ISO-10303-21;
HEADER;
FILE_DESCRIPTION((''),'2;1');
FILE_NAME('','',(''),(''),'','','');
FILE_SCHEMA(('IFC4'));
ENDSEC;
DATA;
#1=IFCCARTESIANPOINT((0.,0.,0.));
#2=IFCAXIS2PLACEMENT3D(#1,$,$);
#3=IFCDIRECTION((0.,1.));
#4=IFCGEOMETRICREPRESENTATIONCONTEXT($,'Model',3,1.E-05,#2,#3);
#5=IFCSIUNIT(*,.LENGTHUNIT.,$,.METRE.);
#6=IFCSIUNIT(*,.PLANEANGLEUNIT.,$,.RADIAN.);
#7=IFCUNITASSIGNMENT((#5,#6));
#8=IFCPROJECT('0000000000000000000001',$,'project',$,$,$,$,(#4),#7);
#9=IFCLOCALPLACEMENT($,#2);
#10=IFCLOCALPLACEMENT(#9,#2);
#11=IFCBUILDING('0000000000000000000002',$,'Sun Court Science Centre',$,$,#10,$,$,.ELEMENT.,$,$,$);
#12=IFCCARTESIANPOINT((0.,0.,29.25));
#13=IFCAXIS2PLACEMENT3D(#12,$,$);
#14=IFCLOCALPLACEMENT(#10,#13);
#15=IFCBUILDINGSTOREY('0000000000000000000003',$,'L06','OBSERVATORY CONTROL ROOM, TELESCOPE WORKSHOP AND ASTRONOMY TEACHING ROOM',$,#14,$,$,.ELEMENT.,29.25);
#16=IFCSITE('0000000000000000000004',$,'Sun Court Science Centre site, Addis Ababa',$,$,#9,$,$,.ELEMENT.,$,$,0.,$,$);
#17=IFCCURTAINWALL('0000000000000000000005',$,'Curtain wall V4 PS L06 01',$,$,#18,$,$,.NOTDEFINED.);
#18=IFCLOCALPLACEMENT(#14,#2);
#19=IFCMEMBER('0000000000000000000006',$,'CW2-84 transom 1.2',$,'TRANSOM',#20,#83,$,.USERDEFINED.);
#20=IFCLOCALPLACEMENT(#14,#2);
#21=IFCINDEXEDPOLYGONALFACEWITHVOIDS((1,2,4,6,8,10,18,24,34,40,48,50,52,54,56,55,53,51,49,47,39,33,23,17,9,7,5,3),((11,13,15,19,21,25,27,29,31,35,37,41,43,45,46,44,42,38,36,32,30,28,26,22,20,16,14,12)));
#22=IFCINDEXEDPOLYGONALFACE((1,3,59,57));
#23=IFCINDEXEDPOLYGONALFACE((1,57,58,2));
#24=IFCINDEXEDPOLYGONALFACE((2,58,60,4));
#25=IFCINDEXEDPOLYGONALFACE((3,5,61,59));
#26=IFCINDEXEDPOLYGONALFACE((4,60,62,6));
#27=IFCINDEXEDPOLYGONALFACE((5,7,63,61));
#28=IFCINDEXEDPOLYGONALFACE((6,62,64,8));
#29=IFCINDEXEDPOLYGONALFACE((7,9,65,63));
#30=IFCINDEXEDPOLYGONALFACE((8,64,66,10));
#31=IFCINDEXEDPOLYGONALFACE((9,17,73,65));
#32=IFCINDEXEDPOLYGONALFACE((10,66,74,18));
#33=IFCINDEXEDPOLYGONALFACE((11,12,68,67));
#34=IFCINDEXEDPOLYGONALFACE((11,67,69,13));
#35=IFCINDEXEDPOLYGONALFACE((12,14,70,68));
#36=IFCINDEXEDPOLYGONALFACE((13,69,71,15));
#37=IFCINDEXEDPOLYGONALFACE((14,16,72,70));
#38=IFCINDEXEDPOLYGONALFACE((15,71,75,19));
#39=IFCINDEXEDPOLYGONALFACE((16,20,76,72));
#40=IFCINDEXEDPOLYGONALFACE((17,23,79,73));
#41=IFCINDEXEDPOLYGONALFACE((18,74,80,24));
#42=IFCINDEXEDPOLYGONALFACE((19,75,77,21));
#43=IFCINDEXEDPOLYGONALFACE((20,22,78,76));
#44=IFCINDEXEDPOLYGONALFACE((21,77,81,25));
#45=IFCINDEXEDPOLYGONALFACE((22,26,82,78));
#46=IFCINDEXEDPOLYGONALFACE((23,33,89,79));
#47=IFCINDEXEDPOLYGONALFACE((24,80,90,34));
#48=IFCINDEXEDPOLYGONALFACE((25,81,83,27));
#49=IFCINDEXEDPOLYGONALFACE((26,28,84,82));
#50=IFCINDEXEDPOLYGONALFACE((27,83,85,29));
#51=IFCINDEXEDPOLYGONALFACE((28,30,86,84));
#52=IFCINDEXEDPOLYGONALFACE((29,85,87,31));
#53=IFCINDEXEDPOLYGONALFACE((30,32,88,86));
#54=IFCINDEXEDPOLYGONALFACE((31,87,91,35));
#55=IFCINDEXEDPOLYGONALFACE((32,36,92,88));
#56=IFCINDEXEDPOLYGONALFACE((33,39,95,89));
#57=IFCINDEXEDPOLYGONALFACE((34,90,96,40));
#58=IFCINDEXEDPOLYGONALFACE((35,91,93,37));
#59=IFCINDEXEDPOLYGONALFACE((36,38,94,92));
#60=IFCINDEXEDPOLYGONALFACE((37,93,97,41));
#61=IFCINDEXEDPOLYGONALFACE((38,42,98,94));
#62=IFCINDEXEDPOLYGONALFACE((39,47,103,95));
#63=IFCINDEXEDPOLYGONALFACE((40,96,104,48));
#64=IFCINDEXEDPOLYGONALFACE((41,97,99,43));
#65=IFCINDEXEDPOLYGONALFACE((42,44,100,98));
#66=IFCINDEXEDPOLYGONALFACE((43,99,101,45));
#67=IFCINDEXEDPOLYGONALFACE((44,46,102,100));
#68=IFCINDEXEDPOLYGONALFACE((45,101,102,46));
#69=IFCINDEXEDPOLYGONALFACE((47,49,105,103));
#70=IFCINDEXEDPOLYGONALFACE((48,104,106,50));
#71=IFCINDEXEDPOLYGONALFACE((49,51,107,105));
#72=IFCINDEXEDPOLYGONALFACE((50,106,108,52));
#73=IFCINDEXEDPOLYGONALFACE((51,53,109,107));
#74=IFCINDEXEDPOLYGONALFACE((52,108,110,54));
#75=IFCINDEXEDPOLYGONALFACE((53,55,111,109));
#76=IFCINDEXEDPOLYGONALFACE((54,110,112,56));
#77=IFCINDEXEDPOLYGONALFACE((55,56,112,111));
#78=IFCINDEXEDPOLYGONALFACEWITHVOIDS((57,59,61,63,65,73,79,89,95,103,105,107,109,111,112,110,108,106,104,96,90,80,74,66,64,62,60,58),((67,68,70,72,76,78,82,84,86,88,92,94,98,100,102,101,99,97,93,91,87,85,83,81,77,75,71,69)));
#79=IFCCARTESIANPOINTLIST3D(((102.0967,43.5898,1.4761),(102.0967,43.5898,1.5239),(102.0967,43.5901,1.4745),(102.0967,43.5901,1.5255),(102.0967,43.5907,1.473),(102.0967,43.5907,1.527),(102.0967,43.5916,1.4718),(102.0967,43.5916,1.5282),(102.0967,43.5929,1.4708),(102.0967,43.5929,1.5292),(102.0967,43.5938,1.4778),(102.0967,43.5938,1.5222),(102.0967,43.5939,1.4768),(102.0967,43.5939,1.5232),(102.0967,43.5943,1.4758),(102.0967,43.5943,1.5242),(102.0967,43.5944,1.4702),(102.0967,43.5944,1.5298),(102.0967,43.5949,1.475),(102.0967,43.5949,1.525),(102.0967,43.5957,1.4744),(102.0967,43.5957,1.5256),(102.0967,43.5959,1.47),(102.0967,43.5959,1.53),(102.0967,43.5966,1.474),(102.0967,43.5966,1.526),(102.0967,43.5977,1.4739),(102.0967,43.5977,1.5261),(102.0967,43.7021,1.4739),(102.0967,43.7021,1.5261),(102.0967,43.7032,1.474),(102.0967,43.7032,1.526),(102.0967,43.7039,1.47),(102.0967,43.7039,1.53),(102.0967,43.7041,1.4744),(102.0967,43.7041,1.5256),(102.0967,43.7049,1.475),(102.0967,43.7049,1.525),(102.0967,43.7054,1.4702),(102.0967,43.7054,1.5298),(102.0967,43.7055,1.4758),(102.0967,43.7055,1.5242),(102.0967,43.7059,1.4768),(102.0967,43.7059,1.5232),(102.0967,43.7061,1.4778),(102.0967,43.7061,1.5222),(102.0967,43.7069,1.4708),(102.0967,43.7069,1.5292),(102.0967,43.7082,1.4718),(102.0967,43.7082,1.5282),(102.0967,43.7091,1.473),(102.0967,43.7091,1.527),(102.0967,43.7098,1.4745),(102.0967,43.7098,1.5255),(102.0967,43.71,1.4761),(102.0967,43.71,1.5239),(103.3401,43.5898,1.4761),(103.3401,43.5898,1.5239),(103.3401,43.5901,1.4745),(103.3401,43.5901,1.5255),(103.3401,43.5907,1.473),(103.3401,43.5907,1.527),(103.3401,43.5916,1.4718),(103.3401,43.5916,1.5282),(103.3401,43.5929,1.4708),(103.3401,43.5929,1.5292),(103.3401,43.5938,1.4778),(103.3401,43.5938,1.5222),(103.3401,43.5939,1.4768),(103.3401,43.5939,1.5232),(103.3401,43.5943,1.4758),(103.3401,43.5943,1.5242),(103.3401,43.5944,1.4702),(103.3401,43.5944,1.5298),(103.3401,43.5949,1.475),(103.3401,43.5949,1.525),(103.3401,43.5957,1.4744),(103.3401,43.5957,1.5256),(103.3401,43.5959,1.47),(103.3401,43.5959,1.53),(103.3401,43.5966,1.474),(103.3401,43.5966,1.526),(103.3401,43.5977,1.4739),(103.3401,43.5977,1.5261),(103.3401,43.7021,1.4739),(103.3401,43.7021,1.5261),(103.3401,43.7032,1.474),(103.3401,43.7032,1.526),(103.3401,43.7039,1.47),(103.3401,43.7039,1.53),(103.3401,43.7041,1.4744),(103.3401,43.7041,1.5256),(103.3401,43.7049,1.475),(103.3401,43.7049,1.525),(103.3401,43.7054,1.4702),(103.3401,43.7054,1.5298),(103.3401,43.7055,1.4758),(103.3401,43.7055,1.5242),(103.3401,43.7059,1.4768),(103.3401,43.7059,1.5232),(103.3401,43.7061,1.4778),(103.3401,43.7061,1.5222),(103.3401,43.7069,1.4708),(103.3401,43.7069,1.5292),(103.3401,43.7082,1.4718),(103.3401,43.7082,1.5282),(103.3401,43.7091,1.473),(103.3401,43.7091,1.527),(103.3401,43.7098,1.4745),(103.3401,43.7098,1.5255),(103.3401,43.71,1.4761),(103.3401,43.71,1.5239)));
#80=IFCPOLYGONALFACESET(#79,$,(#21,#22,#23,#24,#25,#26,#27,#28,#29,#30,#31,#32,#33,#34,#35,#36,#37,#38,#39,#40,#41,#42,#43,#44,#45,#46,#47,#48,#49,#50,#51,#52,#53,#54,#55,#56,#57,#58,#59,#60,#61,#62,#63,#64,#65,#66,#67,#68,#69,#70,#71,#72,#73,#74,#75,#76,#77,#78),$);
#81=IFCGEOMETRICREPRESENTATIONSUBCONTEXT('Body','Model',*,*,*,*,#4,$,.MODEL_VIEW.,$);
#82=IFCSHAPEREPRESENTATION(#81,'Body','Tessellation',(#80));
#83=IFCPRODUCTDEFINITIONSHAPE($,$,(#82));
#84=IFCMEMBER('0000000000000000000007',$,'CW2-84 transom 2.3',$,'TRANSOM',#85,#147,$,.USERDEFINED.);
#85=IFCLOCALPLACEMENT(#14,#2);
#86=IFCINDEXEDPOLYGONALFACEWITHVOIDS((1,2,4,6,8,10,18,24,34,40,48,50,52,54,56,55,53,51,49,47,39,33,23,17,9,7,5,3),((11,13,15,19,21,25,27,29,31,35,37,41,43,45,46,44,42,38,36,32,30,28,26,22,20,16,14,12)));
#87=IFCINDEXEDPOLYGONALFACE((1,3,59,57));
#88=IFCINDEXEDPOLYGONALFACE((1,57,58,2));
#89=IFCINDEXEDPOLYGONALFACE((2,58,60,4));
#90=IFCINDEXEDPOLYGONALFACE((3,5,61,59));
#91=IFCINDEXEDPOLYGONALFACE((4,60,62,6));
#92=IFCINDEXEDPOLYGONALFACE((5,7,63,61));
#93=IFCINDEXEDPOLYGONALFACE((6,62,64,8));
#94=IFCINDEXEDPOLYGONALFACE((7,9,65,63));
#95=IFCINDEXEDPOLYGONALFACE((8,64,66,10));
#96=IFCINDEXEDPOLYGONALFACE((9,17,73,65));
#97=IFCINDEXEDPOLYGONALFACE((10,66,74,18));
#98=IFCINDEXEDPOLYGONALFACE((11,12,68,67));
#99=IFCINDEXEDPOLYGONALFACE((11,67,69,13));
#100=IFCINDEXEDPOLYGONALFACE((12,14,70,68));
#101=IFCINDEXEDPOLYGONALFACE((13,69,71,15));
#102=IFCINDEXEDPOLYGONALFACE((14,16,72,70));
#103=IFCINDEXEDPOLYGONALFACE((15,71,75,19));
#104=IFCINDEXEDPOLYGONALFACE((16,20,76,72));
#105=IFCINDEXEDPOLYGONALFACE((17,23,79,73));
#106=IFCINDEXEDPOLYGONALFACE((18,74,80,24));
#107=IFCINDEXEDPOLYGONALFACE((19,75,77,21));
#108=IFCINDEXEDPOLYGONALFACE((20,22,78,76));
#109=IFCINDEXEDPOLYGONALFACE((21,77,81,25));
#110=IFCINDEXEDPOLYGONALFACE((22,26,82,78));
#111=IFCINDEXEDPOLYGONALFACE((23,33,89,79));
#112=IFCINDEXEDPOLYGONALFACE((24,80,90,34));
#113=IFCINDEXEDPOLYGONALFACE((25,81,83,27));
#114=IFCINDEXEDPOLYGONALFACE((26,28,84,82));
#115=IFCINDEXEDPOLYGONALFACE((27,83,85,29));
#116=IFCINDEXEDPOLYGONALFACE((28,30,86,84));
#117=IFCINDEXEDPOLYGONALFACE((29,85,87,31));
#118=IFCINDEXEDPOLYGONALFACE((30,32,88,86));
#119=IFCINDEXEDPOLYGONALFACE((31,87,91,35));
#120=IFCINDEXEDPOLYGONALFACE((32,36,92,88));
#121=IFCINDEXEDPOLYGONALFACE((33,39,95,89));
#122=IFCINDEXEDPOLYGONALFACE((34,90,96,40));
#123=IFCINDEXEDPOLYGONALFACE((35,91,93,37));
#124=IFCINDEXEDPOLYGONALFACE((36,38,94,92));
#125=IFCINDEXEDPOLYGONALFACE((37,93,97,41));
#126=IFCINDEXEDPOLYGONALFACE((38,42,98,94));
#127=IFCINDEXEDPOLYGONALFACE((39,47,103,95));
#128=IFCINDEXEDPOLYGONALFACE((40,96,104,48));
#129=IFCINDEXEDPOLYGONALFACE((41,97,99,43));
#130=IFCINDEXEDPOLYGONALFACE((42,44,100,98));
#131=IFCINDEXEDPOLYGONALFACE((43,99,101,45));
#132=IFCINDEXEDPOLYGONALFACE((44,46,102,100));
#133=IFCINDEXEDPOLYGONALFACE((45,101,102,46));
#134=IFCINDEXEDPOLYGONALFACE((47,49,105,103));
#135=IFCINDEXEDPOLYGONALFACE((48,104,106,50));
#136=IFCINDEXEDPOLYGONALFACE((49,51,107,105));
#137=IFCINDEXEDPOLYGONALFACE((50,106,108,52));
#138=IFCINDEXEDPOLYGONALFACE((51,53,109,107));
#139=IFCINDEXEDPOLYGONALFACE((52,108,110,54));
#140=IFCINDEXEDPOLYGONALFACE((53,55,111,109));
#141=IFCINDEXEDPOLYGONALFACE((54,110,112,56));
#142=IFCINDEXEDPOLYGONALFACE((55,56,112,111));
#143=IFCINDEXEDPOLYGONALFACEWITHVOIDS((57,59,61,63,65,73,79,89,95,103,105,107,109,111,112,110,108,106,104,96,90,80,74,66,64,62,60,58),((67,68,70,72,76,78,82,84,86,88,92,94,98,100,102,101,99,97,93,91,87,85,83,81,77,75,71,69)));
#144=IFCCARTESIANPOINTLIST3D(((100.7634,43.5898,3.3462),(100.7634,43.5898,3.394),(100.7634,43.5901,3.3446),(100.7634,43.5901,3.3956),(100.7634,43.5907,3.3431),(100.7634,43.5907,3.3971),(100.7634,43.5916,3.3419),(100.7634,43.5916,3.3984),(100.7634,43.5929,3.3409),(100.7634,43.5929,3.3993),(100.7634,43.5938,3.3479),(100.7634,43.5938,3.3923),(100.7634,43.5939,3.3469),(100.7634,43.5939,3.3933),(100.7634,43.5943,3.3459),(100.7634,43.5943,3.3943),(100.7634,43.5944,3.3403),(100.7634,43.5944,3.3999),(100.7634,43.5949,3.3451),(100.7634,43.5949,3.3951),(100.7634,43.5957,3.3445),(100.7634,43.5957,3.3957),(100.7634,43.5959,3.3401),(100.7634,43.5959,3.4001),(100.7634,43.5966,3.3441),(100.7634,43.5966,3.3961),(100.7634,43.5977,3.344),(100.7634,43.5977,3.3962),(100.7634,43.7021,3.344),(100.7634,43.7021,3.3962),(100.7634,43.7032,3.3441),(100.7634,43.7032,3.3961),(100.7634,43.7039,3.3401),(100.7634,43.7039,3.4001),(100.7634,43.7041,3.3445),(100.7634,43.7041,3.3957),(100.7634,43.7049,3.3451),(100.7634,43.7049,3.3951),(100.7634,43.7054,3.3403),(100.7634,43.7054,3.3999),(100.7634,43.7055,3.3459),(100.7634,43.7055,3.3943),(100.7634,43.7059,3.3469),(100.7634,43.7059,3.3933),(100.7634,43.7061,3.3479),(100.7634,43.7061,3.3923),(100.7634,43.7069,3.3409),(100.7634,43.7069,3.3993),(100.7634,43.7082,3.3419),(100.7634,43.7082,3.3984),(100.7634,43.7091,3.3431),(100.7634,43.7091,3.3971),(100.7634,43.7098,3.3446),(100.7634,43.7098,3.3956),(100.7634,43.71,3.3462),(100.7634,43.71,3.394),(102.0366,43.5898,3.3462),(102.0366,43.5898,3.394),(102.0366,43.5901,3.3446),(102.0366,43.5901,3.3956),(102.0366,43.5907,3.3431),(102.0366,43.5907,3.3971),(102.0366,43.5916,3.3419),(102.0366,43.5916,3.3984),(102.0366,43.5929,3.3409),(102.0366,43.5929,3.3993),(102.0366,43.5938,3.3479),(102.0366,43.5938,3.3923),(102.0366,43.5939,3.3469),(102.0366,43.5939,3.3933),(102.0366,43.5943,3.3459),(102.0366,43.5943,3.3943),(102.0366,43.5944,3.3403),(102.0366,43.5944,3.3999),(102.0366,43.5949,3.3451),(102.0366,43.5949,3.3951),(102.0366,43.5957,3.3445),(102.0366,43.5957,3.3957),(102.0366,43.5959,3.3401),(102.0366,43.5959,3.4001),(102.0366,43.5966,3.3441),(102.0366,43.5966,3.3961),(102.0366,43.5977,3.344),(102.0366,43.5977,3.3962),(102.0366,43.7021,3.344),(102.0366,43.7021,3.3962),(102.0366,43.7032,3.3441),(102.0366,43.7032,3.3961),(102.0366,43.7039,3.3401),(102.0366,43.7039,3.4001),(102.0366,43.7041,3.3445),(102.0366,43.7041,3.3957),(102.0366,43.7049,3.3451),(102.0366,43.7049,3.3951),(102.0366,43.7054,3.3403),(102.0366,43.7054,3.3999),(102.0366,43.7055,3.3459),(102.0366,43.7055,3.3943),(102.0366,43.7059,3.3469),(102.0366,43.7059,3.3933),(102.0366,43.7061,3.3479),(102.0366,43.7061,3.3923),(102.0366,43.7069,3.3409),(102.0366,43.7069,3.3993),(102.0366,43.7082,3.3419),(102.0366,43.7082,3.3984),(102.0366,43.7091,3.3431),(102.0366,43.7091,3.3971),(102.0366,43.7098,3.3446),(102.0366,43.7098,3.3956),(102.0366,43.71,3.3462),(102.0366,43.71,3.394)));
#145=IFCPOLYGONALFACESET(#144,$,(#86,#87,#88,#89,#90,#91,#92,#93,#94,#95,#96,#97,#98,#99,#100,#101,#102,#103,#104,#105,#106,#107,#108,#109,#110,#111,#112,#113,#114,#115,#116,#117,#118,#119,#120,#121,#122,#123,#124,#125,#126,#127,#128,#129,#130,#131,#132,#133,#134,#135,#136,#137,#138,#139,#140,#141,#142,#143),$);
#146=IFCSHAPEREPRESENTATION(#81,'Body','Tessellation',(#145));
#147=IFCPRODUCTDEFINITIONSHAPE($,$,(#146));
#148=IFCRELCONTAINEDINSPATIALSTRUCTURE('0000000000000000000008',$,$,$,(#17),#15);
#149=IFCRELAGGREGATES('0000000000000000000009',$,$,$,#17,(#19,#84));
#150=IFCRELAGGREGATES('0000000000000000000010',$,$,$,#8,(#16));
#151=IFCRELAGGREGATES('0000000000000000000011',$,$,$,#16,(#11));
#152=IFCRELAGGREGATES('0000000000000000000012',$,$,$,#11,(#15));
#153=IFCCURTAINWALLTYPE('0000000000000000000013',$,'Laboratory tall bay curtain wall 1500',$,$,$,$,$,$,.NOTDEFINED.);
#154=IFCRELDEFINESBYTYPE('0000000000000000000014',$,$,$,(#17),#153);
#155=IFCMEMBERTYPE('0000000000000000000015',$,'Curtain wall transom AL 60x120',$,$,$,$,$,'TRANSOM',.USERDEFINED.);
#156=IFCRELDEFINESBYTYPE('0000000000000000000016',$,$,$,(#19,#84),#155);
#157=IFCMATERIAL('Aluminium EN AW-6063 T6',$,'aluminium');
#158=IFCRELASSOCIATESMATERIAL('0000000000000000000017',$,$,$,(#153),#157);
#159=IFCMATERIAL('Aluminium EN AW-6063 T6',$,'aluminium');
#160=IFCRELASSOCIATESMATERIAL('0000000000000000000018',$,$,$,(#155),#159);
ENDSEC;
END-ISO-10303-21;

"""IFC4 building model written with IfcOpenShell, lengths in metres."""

from ifc_helpers import new_model, si_unit, direction, frame, origin, origin_2d, place, context, subcontext, project, spatial, hollow_rectangle, extrude, material, material_profile, profile_set, type_object, element, aggregate, save


model = new_model("IFC4")

# Units and contexts
model_context = context("Model", 3, precision=1e-05, world=origin(), true_north=direction((0.0, 1.0)))
body_context = subcontext(model_context, "Body", "Model", "MODEL_VIEW")
ifc_project = project(units=[si_unit("LENGTHUNIT", "METRE"), si_unit("PLANEANGLEUNIT", "RADIAN")], contexts=[model_context])

# Site, building, storey
site_placement = place(None, origin())
site = spatial("IfcSite", under=ifc_project, at=site_placement, Name="Sun Court Science Centre site, Addis Ababa", CompositionType="ELEMENT", RefElevation=0.0)
building_placement = place(site_placement, origin())
building = spatial("IfcBuilding", under=site, at=building_placement, Name="Sun Court Science Centre", CompositionType="ELEMENT")
storey_placement = place(building_placement, frame((0.0, 0.0, 29.25)))
storey = spatial("IfcBuildingStorey", under=building, at=storey_placement, Name="L06", Description="OBSERVATORY CONTROL ROOM, TELESCOPE WORKSHOP AND ASTRONOMY TEACHING ROOM", CompositionType="ELEMENT", Elevation=29.25)

# Curtain wall, members
ifc_material_1 = material(Name="Aluminium EN AW-6063 T6", Category="aluminium")
curtain_wall_type = type_object("IfcCurtainWallType", Name="Laboratory tall bay curtain wall 1500", PredefinedType="NOTDEFINED", material=ifc_material_1)
curtain_wall_placement = place(storey_placement, origin())
curtain_wall = element("IfcCurtainWall", 1, at=curtain_wall_placement, inside=storey, type_object=curtain_wall_type, Name="Curtain wall V4 PS L06 01", PredefinedType="NOTDEFINED")
ifc_material_2 = material(Name="Aluminium EN AW-6063 T6", Category="aluminium")
ifc_material_profile_1 = material_profile(ifc_material_2, hollow_rectangle(XDim=0.0601, YDim=0.1201, WallThickness=0.0039, InnerFilletRadius=0.0039, OuterFilletRadius=0.0061, at=origin_2d()), Name="AL 60x120x4")
ifc_profile_set_1 = profile_set([ifc_material_profile_1], Name="Aluminium EN AW-6063 T6")
member_type_1 = type_object("IfcMemberType", Name="Curtain wall transom AL 60x120", ElementType="TRANSOM", PredefinedType="USERDEFINED", material=ifc_profile_set_1)
member_1_placement = place(storey_placement, frame((103.3401, 43.6499, 1.5), z_axis=(-1.0, 0.0, 0.0), x_axis=(0.0, 0.0, 1.0)))
member_1 = element("IfcMember", 2, at=member_1_placement, type_object=member_type_1, Name="CW2-84 transom 1.2", ObjectType="TRANSOM", PredefinedType="USERDEFINED", context=body_context, shape_type="SweptSolid", body=[
    extrude(hollow_rectangle(XDim=0.0601, YDim=0.1201, WallThickness=0.0039, InnerFilletRadius=0.0039, OuterFilletRadius=0.0061, at=origin_2d()), origin(), (0.0, 0.0, 1.0), 1.2434),
])
member_2_placement = place(storey_placement, frame((102.0366, 43.6499, 3.3701), z_axis=(-1.0, 0.0, 0.0), x_axis=(0.0, 0.0, 1.0)))
member_2 = element("IfcMember", 3, at=member_2_placement, type_object=member_type_1, Name="CW2-84 transom 2.3", ObjectType="TRANSOM", PredefinedType="USERDEFINED", context=body_context, shape_type="SweptSolid", body=[
    extrude(hollow_rectangle(XDim=0.0601, YDim=0.1201, WallThickness=0.0039, InnerFilletRadius=0.0039, OuterFilletRadius=0.0061, at=origin_2d()), origin(), (0.0, 0.0, 1.0), 1.2732),
])

aggregate(curtain_wall, [member_1, member_2])

save(model, "model.ifc")
